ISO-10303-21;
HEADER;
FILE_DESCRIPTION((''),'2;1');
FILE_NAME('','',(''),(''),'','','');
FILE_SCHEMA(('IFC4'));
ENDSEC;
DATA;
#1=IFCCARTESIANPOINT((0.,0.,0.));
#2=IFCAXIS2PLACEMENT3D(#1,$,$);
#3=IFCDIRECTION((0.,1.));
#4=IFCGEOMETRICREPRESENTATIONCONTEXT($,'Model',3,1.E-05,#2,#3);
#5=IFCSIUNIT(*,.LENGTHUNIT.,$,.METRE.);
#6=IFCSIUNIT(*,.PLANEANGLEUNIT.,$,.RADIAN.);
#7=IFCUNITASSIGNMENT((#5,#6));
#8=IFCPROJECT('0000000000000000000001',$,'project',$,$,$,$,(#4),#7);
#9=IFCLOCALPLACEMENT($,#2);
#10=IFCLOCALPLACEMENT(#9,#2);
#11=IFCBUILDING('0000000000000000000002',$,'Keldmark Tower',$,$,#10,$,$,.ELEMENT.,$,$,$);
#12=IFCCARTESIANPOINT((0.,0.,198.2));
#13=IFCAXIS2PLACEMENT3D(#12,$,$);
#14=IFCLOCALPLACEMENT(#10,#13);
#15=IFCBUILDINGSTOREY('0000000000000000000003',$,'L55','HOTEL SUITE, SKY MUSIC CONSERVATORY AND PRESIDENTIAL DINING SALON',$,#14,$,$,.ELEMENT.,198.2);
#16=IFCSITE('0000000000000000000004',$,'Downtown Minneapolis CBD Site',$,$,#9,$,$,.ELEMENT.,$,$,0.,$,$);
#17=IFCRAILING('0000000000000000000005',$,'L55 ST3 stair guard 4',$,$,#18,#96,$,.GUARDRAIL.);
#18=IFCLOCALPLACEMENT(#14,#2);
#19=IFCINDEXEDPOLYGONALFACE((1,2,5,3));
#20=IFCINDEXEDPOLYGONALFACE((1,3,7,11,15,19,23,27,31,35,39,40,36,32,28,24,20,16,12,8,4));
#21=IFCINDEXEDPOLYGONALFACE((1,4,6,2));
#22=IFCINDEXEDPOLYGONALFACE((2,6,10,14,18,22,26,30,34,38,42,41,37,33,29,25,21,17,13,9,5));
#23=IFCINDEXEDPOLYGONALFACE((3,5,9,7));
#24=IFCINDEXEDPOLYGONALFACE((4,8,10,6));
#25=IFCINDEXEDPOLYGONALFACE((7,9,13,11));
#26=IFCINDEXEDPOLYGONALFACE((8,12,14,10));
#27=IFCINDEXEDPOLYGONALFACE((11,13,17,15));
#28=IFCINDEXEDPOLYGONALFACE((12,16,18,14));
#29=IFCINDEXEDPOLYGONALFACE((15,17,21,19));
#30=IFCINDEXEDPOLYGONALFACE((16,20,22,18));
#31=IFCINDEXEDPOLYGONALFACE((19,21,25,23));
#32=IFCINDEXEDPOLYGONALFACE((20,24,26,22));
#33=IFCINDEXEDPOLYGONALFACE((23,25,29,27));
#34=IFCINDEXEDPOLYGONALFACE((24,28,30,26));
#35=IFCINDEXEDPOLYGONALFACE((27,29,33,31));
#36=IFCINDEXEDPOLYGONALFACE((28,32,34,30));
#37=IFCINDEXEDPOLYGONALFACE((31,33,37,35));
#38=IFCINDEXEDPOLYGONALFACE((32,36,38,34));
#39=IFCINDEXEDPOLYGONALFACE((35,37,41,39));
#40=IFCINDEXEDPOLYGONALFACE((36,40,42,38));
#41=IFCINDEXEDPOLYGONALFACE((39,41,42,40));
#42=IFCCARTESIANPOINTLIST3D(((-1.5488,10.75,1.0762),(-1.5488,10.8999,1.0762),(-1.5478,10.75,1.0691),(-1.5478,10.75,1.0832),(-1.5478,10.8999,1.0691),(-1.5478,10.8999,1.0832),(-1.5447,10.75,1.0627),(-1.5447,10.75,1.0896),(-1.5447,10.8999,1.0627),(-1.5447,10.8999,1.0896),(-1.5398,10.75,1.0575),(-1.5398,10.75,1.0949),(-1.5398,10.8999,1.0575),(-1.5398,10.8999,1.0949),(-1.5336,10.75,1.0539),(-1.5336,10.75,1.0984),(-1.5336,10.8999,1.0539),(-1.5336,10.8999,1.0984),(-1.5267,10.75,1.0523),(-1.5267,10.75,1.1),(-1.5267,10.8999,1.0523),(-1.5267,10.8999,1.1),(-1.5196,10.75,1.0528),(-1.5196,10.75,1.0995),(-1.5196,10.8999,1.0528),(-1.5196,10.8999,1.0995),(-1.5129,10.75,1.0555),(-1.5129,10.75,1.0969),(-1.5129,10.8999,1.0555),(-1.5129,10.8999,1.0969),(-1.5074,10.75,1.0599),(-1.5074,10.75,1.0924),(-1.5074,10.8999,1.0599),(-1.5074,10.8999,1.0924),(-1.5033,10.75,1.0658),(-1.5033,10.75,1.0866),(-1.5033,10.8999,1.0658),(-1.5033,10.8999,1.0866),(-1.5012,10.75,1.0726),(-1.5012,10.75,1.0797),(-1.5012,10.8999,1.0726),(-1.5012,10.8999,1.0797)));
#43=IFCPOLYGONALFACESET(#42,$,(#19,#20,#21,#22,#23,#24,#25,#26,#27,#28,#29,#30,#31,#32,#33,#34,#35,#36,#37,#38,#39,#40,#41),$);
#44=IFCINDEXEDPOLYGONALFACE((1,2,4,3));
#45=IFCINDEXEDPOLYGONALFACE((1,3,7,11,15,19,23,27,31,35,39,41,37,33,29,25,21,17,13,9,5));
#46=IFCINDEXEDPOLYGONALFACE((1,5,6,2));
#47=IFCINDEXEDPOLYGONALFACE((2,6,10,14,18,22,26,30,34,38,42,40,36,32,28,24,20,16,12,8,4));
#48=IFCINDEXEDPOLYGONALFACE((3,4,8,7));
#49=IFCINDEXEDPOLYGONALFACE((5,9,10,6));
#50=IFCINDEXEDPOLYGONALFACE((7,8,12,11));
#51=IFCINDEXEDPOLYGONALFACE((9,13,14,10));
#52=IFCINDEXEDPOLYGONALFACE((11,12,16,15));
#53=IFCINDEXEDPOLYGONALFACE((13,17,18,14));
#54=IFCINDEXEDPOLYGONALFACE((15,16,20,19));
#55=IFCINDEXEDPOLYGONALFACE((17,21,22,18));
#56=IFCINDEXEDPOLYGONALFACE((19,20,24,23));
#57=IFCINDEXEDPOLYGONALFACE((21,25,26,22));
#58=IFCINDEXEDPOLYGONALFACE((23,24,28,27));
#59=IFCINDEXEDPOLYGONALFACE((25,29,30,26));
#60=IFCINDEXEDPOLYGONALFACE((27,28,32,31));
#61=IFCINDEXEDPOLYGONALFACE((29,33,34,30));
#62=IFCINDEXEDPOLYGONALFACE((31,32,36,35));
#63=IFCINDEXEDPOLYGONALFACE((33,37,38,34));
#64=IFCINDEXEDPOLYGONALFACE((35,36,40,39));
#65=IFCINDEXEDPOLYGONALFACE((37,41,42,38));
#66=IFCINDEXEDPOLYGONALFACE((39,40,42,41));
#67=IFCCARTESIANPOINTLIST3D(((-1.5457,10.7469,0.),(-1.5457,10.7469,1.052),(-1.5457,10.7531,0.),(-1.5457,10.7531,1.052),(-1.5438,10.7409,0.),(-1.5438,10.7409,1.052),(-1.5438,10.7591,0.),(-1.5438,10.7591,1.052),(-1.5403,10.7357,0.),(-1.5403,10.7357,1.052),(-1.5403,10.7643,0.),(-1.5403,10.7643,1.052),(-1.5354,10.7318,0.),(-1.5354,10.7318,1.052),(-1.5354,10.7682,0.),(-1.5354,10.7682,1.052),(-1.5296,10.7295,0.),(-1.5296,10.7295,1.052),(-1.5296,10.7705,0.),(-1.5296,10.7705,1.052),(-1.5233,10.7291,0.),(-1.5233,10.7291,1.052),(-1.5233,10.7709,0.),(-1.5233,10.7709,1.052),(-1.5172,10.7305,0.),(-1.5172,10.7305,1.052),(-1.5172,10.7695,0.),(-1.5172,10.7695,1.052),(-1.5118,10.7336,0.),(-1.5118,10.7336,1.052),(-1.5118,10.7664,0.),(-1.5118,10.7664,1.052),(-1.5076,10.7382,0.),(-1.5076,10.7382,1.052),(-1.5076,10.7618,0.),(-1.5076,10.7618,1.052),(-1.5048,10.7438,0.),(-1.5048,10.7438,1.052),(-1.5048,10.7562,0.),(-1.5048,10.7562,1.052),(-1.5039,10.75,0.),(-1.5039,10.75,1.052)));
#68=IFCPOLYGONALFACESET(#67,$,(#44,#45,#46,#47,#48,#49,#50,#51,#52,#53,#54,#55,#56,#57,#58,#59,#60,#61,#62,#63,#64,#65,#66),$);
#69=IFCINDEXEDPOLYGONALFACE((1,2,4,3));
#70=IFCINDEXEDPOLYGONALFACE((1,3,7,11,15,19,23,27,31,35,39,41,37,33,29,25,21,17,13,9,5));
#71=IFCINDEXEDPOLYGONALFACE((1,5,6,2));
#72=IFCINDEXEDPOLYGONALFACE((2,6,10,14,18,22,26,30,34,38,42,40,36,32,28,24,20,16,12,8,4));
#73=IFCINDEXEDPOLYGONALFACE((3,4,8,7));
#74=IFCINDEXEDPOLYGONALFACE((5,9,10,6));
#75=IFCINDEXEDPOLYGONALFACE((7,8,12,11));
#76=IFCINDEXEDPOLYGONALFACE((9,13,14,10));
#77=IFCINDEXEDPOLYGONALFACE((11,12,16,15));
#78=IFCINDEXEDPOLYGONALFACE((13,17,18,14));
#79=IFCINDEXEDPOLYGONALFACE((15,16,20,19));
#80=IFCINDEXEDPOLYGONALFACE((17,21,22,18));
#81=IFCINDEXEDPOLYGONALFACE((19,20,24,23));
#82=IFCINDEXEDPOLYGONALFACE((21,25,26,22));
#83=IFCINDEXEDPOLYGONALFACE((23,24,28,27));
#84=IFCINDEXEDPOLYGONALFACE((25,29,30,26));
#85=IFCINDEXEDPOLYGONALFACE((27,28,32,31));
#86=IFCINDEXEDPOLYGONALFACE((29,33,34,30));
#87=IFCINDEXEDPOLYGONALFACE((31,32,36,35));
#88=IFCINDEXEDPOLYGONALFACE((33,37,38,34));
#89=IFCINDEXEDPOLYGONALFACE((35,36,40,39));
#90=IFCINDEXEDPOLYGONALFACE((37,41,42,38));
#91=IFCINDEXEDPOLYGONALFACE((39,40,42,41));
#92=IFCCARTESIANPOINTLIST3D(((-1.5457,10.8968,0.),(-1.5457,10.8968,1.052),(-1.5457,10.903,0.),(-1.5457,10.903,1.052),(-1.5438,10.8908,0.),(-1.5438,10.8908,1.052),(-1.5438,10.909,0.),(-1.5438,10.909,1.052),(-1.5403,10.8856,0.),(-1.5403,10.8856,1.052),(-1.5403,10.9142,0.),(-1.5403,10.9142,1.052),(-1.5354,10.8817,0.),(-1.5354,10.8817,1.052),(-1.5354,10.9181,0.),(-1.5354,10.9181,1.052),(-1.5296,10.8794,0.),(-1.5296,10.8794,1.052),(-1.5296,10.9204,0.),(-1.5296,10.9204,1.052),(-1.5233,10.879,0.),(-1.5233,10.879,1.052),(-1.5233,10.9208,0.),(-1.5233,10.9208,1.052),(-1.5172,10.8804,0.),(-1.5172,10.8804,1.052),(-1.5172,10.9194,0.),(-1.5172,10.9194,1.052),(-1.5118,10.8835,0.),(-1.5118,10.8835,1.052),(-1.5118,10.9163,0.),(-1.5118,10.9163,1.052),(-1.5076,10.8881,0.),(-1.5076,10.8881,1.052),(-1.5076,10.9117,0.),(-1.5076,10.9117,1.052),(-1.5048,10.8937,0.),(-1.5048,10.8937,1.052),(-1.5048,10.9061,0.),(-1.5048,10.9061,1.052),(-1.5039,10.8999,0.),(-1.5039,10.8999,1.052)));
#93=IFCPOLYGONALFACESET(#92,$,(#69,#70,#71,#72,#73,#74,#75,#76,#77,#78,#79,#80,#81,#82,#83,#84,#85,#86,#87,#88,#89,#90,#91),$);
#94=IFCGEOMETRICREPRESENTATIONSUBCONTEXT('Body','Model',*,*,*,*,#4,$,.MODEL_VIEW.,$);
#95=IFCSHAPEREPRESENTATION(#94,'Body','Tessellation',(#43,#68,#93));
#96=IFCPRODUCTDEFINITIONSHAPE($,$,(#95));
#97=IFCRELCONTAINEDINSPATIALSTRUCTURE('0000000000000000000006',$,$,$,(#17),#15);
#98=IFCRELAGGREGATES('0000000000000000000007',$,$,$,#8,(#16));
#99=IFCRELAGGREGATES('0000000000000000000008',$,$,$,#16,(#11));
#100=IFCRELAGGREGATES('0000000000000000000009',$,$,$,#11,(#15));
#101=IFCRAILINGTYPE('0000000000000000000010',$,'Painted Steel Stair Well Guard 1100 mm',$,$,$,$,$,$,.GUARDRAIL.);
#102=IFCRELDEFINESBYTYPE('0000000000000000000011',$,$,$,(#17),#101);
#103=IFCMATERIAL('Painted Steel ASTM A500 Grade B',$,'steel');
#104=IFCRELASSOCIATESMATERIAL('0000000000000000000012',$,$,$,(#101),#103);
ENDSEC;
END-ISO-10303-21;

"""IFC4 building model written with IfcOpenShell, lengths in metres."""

from ifc_helpers import new_model, si_unit, direction, frame, origin, origin_2d, place, context, subcontext, project, spatial, circle, extrude, material, type_object, element, save


model = new_model("IFC4")

# Units and contexts
model_context = context("Model", 3, precision=1e-05, world=origin(), true_north=direction((0.0, 1.0)))
body_context = subcontext(model_context, "Body", "Model", "MODEL_VIEW")
ifc_project = project(units=[si_unit("LENGTHUNIT", "METRE"), si_unit("PLANEANGLEUNIT", "RADIAN")], contexts=[model_context])

# Site, building, storey
site_placement = place(None, origin())
site = spatial("IfcSite", under=ifc_project, at=site_placement, Name="Downtown Minneapolis CBD Site", CompositionType="ELEMENT", RefElevation=0.0)
building_placement = place(site_placement, origin())
building = spatial("IfcBuilding", under=site, at=building_placement, Name="Keldmark Tower", CompositionType="ELEMENT")
storey_placement = place(building_placement, frame((0.0, 0.0, 198.2)))
storey = spatial("IfcBuildingStorey", under=building, at=storey_placement, Name="L55", Description="HOTEL SUITE, SKY MUSIC CONSERVATORY AND PRESIDENTIAL DINING SALON", CompositionType="ELEMENT", Elevation=198.2)

# Railing
ifc_material_1 = material(Name="Painted Steel ASTM A500 Grade B", Category="steel")
railing_type_1 = type_object("IfcRailingType", Name="Painted Steel Stair Well Guard 1100 mm", PredefinedType="GUARDRAIL", material=ifc_material_1)
railing_1_placement = place(storey_placement, frame((-1.5249, 10.75, 0.0)))
element("IfcRailing", 1, at=railing_1_placement, inside=storey, type_object=railing_type_1, Name="L55 ST3 stair guard 4", PredefinedType="GUARDRAIL", context=body_context, shape_type="SweptSolid", body=[
    extrude(circle(Radius=0.0239, at=origin_2d()), frame((0.0, 0.0, 1.0762), z_axis=(0.0, 1.0, 0.0), x_axis=(-1.0, 0.0, 0.0)), (0.0, 0.0, 1.0), 0.1499),
    extrude(circle(Radius=0.021, at=origin_2d()), origin(), (0.0, 0.0, 1.0), 1.052),
    extrude(circle(Radius=0.021, at=origin_2d()), frame((0.0, 0.1499, 0.0)), (0.0, 0.0, 1.0), 1.052),
])

save(model, "model.ifc")
